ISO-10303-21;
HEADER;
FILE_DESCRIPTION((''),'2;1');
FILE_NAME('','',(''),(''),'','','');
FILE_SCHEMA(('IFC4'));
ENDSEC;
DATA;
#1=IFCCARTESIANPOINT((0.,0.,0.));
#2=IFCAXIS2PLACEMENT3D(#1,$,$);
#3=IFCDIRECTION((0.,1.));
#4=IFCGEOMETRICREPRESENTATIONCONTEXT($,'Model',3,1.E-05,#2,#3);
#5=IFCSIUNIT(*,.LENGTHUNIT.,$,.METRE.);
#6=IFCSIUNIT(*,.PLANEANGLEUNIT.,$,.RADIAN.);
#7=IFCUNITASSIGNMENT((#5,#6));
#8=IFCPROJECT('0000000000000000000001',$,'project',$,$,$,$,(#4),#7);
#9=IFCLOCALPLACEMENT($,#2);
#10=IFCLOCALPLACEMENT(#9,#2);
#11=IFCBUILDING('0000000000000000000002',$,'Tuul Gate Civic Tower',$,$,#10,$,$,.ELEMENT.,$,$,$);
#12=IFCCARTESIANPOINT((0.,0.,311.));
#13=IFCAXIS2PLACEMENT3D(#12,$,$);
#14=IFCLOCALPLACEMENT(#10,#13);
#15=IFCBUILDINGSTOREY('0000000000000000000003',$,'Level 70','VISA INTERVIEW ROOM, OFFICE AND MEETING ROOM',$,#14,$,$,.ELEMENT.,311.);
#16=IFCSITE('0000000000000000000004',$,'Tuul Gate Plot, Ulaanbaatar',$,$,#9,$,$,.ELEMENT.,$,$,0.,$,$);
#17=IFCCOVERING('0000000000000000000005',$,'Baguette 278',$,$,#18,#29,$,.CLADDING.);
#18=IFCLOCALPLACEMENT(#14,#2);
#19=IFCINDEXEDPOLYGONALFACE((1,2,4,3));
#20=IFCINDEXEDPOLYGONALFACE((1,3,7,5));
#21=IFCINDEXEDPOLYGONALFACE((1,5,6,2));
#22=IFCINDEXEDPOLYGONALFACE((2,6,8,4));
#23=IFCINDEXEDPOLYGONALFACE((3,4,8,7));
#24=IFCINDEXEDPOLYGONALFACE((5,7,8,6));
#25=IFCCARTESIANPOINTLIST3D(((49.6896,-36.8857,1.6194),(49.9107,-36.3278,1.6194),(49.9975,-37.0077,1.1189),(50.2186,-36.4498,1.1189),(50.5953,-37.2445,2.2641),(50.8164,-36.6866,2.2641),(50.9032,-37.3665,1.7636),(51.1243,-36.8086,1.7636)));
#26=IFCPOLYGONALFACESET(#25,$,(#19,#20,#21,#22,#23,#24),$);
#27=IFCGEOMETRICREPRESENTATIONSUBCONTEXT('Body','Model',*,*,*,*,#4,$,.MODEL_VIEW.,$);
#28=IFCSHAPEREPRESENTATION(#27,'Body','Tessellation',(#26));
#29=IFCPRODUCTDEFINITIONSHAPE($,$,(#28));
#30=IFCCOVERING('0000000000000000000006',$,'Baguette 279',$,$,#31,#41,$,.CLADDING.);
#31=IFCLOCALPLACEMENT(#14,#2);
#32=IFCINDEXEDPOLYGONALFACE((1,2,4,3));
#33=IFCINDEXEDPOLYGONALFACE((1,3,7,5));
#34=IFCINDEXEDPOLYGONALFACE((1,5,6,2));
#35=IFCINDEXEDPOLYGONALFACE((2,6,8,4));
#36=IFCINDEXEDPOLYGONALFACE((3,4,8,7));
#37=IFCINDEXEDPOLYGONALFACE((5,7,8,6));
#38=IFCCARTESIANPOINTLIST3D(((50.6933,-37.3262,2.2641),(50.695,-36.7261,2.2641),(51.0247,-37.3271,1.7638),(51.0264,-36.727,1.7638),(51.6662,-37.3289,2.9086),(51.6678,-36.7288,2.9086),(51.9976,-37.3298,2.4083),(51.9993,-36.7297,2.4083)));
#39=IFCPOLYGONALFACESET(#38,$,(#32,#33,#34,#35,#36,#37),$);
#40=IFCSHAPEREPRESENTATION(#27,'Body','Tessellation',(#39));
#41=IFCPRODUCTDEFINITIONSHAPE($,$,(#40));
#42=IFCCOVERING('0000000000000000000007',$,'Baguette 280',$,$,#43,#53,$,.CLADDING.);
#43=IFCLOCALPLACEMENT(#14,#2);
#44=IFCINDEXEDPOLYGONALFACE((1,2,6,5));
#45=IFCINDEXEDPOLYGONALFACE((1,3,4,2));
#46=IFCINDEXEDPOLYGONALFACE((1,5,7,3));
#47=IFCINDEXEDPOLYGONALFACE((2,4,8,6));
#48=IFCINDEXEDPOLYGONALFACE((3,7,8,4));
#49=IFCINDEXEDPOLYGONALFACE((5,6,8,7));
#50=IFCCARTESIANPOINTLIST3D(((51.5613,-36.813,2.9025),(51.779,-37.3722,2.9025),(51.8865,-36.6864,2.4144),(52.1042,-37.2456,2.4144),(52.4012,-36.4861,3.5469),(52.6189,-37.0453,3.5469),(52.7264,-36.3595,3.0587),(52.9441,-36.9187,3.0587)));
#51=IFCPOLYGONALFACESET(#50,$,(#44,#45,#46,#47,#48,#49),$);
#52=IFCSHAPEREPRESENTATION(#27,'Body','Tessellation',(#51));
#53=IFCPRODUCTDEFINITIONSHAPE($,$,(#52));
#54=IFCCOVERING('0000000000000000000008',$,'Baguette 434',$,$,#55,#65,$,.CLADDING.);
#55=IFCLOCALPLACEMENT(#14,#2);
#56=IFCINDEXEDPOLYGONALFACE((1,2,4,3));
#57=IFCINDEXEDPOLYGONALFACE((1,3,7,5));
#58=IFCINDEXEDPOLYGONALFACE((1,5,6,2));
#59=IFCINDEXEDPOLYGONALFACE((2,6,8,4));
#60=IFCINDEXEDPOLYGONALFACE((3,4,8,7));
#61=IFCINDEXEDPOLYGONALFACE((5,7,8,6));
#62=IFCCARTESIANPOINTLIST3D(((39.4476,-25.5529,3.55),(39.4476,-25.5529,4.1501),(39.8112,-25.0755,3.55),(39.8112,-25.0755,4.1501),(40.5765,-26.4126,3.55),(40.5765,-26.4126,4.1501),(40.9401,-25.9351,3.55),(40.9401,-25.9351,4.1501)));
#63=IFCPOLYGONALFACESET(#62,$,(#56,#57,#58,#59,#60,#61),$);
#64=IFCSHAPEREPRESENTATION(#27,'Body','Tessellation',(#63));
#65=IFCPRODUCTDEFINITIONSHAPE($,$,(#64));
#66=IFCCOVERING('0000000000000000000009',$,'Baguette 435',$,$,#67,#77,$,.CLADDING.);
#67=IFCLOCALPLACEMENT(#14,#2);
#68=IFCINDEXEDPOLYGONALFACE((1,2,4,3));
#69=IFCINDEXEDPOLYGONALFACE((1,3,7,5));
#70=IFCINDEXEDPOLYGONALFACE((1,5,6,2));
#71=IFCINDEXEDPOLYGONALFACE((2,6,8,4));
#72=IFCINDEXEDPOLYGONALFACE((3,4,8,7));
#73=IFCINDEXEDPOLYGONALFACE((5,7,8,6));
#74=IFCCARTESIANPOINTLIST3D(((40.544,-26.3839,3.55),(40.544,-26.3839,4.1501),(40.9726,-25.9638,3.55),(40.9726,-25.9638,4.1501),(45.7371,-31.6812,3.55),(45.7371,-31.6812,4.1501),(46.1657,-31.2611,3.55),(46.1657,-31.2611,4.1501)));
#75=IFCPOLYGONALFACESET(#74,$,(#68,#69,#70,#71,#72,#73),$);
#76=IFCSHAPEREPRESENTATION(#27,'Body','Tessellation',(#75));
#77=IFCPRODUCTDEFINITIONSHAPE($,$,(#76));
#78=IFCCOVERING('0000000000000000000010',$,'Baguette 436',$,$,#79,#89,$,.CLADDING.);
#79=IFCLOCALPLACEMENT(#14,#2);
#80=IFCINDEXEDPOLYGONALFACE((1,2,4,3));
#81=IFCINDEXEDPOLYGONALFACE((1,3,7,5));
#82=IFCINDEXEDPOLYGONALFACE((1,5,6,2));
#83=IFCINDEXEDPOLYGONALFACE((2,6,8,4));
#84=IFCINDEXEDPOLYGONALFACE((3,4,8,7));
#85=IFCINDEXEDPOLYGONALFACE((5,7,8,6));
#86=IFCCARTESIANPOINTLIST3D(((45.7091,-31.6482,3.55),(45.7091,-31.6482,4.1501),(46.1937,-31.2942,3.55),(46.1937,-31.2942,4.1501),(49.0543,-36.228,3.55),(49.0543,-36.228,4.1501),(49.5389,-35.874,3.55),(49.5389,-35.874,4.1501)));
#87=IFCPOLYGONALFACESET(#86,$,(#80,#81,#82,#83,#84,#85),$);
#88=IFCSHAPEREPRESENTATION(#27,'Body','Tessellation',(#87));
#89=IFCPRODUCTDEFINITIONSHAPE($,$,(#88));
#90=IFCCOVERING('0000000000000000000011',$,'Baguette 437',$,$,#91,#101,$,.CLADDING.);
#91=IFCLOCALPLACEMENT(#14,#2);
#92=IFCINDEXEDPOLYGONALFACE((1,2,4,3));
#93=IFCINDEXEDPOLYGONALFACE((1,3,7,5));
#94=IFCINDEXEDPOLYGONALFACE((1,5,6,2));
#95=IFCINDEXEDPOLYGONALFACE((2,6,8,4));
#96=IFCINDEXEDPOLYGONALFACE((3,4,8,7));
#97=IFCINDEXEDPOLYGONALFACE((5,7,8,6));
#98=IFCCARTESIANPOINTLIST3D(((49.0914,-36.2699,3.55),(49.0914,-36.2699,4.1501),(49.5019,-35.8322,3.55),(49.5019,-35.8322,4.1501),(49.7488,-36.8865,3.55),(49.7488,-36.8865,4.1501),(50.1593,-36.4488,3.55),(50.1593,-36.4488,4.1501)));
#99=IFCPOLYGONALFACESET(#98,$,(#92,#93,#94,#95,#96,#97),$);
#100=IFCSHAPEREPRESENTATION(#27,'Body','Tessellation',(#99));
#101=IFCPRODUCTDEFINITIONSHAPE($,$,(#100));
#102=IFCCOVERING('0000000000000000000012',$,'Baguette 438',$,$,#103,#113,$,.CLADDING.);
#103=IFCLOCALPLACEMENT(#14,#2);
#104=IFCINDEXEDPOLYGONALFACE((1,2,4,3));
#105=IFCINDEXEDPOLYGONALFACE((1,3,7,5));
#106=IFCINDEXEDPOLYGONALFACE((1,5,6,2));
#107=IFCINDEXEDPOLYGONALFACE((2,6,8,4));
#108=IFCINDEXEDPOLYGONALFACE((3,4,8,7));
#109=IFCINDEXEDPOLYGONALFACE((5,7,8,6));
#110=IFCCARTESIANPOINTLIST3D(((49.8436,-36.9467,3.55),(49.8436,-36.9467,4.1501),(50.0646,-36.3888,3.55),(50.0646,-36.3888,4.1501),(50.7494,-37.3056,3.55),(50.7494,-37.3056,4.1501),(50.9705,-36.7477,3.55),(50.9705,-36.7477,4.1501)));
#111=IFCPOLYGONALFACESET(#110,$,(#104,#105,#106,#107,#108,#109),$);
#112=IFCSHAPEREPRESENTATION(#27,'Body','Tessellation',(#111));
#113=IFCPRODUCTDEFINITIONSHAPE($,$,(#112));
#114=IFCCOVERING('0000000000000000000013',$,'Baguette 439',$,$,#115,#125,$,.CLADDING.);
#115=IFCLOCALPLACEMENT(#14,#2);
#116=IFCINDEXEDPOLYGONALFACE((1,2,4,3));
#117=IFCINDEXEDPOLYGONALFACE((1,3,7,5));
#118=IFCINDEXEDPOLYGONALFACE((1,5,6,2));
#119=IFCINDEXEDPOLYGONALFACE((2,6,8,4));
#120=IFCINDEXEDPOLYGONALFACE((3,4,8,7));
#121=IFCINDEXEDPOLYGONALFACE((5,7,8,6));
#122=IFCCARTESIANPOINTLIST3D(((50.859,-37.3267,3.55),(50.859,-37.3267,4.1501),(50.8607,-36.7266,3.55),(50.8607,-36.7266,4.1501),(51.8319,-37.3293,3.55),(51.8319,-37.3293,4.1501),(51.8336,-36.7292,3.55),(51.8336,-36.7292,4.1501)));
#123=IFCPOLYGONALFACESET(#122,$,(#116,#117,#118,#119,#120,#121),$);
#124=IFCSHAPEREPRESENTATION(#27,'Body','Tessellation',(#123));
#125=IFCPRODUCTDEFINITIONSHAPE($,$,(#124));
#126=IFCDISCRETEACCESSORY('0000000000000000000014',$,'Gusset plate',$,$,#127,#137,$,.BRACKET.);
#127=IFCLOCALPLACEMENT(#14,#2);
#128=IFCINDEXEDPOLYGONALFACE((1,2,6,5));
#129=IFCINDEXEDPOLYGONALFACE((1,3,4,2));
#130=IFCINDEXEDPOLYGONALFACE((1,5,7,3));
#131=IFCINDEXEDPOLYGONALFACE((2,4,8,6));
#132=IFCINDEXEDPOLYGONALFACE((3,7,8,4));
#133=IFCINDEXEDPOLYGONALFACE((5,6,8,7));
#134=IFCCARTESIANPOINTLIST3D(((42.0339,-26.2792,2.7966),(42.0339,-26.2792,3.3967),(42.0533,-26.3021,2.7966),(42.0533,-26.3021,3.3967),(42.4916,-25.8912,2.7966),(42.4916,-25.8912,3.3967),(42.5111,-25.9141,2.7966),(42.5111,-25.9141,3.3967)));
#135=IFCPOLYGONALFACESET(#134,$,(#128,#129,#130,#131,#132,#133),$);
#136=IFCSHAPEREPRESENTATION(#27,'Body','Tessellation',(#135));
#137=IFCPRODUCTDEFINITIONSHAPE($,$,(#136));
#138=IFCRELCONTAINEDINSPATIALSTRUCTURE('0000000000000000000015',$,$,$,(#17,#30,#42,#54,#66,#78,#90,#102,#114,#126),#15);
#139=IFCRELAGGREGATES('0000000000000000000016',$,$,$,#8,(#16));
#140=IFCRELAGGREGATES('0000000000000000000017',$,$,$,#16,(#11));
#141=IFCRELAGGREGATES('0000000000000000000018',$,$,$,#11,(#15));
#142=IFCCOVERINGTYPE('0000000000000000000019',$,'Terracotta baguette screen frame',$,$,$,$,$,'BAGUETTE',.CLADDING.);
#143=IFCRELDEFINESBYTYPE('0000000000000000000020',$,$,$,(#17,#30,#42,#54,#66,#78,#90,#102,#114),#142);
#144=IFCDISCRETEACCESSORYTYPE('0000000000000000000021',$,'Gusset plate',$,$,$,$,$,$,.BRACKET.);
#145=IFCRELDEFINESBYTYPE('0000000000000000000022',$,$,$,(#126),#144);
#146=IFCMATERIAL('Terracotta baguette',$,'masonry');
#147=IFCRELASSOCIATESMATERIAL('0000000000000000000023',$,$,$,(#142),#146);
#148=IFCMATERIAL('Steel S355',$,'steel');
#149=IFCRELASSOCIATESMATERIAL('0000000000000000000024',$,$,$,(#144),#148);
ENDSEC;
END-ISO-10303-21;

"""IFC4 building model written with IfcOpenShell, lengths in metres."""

from ifc_helpers import new_model, si_unit, direction, frame, origin, origin_2d, place, context, subcontext, project, spatial, rectangle, extrude, material, material_profile, profile_set, type_object, element, save


model = new_model("IFC4")

# Units and contexts
model_context = context("Model", 3, precision=1e-05, world=origin(), true_north=direction((0.0, 1.0)))
body_context = subcontext(model_context, "Body", "Model", "MODEL_VIEW")
ifc_project = project(units=[si_unit("LENGTHUNIT", "METRE"), si_unit("PLANEANGLEUNIT", "RADIAN")], contexts=[model_context])

# Site, building, storey
site_placement = place(None, origin())
site = spatial("IfcSite", under=ifc_project, at=site_placement, Name="Tuul Gate Plot, Ulaanbaatar", CompositionType="ELEMENT", RefElevation=0.0)
building_placement = place(site_placement, origin())
building = spatial("IfcBuilding", under=site, at=building_placement, Name="Tuul Gate Civic Tower", CompositionType="ELEMENT")
storey_placement = place(building_placement, frame((0.0, 0.0, 311.0)))
storey = spatial("IfcBuildingStorey", under=building, at=storey_placement, Name="Level 70", Description="VISA INTERVIEW ROOM, OFFICE AND MEETING ROOM", CompositionType="ELEMENT", Elevation=311.0)

# Coverings
ifc_material_1 = material(Name="Terracotta baguette", Category="masonry")
ifc_material_profile_1 = material_profile(ifc_material_1, rectangle(XDim=0.6001, YDim=0.6001, at=origin_2d()), Name="Terracotta baguette screen frame")
ifc_profile_set_1 = profile_set([ifc_material_profile_1], Name="Terracotta baguette")
covering_type = type_object("IfcCoveringType", Name="Terracotta baguette screen frame", ElementType="BAGUETTE", PredefinedType="CLADDING", material=ifc_profile_set_1)
covering_1_placement = place(storey_placement, frame((49.9541, -36.6677, 1.3691), z_axis=(0.775278, -0.307186, 0.551889), x_axis=(0.368364, 0.929682, 0.0)))
element("IfcCovering", 1, at=covering_1_placement, inside=storey, type_object=covering_type, Name="Baguette 278", PredefinedType="CLADDING", context=body_context, shape_type="SweptSolid", body=[
    extrude(rectangle(XDim=0.6001, YDim=0.6001, at=origin_2d()), origin(), (0.0, 0.0, 1.0), 1.1682),
])
covering_2_placement = place(storey_placement, frame((50.8599, -37.0266, 2.0139), z_axis=(0.833654, -0.002301, 0.552283), x_axis=(0.00276, 0.999996, 0.0)))
element("IfcCovering", 2, at=covering_2_placement, inside=storey, type_object=covering_type, Name="Baguette 279", PredefinedType="CLADDING", context=body_context, shape_type="SweptSolid", body=[
    extrude(rectangle(XDim=0.6001, YDim=0.6001, at=origin_2d()), origin(), (0.0, 0.0, 1.0), 1.167),
])
covering_3_placement = place(storey_placement, frame((51.8328, -37.0293, 2.6584), z_axis=(0.758091, 0.295083, 0.58157), x_axis=(-0.362734, 0.931893, 0.0)))
element("IfcCovering", 3, at=covering_3_placement, inside=storey, type_object=covering_type, Name="Baguette 280", PredefinedType="CLADDING", context=body_context, shape_type="SweptSolid", body=[
    extrude(rectangle(XDim=0.6001, YDim=0.6001, at=origin_2d()), origin(), (0.0, 0.0, 1.0), 1.1079),
])
covering_4_placement = place(storey_placement, frame((39.6294, -25.3142, 3.8501), z_axis=(0.795602, -0.60582, 0.0), x_axis=(0.60582, 0.795602, 0.0)))
element("IfcCovering", 4, at=covering_4_placement, inside=storey, type_object=covering_type, Name="Baguette 434", PredefinedType="CLADDING", context=body_context, shape_type="SweptSolid", body=[
    extrude(rectangle(XDim=0.6001, YDim=0.6001, at=origin_2d()), origin(), (0.0, 0.0, 1.0), 1.4189),
])
covering_5_placement = place(storey_placement, frame((40.7583, -26.1738, 3.8501), z_axis=(0.700045, -0.714098, 0.0), x_axis=(0.714098, 0.700045, 0.0)))
element("IfcCovering", 5, at=covering_5_placement, inside=storey, type_object=covering_type, Name="Baguette 435", PredefinedType="CLADDING", context=body_context, shape_type="SweptSolid", body=[
    extrude(rectangle(XDim=0.6001, YDim=0.6001, at=origin_2d()), origin(), (0.0, 0.0, 1.0), 7.4182),
])
covering_6_placement = place(storey_placement, frame((45.9514, -31.4712, 3.8501), z_axis=(0.589834, -0.807524, 0.0), x_axis=(0.807524, 0.589834, 0.0)))
element("IfcCovering", 6, at=covering_6_placement, inside=storey, type_object=covering_type, Name="Baguette 436", PredefinedType="CLADDING", context=body_context, shape_type="SweptSolid", body=[
    extrude(rectangle(XDim=0.6001, YDim=0.6001, at=origin_2d()), origin(), (0.0, 0.0, 1.0), 5.6714),
])
covering_7_placement = place(storey_placement, frame((49.2966, -36.051, 3.8501), z_axis=(0.72936, -0.68413, 0.0), x_axis=(0.68413, 0.72936, 0.0)))
element("IfcCovering", 7, at=covering_7_placement, inside=storey, type_object=covering_type, Name="Baguette 437", PredefinedType="CLADDING", context=body_context, shape_type="SweptSolid", body=[
    extrude(rectangle(XDim=0.6001, YDim=0.6001, at=origin_2d()), origin(), (0.0, 0.0, 1.0), 0.9014),
])
covering_8_placement = place(storey_placement, frame((49.9541, -36.6677, 3.8501), z_axis=(0.929682, -0.368364, 0.0), x_axis=(0.368364, 0.929682, 0.0)))
element("IfcCovering", 8, at=covering_8_placement, inside=storey, type_object=covering_type, Name="Baguette 438", PredefinedType="CLADDING", context=body_context, shape_type="SweptSolid", body=[
    extrude(rectangle(XDim=0.6001, YDim=0.6001, at=origin_2d()), origin(), (0.0, 0.0, 1.0), 0.9744),
])
covering_9_placement = place(storey_placement, frame((50.8599, -37.0266, 3.8501), z_axis=(0.999996, -0.00276, 0.0), x_axis=(0.00276, 0.999996, 0.0)))
element("IfcCovering", 9, at=covering_9_placement, inside=storey, type_object=covering_type, Name="Baguette 439", PredefinedType="CLADDING", context=body_context, shape_type="SweptSolid", body=[
    extrude(rectangle(XDim=0.6001, YDim=0.6001, at=origin_2d()), origin(), (0.0, 0.0, 1.0), 0.9729),
])

# Discrete accessory
ifc_material_2 = material(Name="Steel S355", Category="steel")
discrete_accessory_type = type_object("IfcDiscreteAccessoryType", Name="Gusset plate", PredefinedType="BRACKET", material=ifc_material_2)
discrete_accessory_placement = place(storey_placement, frame((42.2725, -26.0967, 2.7966), z_axis=(0.0, 0.0, 1.0), x_axis=(0.762825, 0.646605, 0.0)))
element("IfcDiscreteAccessory", 10, at=discrete_accessory_placement, inside=storey, type_object=discrete_accessory_type, Name="Gusset plate", PredefinedType="BRACKET", context=body_context, shape_type="SweptSolid", body=[
    extrude(rectangle(XDim=0.6001, YDim=0.03, at=origin_2d()), origin(), (0.0, 0.0, 1.0), 0.6001),
])

save(model, "model.ifc")
